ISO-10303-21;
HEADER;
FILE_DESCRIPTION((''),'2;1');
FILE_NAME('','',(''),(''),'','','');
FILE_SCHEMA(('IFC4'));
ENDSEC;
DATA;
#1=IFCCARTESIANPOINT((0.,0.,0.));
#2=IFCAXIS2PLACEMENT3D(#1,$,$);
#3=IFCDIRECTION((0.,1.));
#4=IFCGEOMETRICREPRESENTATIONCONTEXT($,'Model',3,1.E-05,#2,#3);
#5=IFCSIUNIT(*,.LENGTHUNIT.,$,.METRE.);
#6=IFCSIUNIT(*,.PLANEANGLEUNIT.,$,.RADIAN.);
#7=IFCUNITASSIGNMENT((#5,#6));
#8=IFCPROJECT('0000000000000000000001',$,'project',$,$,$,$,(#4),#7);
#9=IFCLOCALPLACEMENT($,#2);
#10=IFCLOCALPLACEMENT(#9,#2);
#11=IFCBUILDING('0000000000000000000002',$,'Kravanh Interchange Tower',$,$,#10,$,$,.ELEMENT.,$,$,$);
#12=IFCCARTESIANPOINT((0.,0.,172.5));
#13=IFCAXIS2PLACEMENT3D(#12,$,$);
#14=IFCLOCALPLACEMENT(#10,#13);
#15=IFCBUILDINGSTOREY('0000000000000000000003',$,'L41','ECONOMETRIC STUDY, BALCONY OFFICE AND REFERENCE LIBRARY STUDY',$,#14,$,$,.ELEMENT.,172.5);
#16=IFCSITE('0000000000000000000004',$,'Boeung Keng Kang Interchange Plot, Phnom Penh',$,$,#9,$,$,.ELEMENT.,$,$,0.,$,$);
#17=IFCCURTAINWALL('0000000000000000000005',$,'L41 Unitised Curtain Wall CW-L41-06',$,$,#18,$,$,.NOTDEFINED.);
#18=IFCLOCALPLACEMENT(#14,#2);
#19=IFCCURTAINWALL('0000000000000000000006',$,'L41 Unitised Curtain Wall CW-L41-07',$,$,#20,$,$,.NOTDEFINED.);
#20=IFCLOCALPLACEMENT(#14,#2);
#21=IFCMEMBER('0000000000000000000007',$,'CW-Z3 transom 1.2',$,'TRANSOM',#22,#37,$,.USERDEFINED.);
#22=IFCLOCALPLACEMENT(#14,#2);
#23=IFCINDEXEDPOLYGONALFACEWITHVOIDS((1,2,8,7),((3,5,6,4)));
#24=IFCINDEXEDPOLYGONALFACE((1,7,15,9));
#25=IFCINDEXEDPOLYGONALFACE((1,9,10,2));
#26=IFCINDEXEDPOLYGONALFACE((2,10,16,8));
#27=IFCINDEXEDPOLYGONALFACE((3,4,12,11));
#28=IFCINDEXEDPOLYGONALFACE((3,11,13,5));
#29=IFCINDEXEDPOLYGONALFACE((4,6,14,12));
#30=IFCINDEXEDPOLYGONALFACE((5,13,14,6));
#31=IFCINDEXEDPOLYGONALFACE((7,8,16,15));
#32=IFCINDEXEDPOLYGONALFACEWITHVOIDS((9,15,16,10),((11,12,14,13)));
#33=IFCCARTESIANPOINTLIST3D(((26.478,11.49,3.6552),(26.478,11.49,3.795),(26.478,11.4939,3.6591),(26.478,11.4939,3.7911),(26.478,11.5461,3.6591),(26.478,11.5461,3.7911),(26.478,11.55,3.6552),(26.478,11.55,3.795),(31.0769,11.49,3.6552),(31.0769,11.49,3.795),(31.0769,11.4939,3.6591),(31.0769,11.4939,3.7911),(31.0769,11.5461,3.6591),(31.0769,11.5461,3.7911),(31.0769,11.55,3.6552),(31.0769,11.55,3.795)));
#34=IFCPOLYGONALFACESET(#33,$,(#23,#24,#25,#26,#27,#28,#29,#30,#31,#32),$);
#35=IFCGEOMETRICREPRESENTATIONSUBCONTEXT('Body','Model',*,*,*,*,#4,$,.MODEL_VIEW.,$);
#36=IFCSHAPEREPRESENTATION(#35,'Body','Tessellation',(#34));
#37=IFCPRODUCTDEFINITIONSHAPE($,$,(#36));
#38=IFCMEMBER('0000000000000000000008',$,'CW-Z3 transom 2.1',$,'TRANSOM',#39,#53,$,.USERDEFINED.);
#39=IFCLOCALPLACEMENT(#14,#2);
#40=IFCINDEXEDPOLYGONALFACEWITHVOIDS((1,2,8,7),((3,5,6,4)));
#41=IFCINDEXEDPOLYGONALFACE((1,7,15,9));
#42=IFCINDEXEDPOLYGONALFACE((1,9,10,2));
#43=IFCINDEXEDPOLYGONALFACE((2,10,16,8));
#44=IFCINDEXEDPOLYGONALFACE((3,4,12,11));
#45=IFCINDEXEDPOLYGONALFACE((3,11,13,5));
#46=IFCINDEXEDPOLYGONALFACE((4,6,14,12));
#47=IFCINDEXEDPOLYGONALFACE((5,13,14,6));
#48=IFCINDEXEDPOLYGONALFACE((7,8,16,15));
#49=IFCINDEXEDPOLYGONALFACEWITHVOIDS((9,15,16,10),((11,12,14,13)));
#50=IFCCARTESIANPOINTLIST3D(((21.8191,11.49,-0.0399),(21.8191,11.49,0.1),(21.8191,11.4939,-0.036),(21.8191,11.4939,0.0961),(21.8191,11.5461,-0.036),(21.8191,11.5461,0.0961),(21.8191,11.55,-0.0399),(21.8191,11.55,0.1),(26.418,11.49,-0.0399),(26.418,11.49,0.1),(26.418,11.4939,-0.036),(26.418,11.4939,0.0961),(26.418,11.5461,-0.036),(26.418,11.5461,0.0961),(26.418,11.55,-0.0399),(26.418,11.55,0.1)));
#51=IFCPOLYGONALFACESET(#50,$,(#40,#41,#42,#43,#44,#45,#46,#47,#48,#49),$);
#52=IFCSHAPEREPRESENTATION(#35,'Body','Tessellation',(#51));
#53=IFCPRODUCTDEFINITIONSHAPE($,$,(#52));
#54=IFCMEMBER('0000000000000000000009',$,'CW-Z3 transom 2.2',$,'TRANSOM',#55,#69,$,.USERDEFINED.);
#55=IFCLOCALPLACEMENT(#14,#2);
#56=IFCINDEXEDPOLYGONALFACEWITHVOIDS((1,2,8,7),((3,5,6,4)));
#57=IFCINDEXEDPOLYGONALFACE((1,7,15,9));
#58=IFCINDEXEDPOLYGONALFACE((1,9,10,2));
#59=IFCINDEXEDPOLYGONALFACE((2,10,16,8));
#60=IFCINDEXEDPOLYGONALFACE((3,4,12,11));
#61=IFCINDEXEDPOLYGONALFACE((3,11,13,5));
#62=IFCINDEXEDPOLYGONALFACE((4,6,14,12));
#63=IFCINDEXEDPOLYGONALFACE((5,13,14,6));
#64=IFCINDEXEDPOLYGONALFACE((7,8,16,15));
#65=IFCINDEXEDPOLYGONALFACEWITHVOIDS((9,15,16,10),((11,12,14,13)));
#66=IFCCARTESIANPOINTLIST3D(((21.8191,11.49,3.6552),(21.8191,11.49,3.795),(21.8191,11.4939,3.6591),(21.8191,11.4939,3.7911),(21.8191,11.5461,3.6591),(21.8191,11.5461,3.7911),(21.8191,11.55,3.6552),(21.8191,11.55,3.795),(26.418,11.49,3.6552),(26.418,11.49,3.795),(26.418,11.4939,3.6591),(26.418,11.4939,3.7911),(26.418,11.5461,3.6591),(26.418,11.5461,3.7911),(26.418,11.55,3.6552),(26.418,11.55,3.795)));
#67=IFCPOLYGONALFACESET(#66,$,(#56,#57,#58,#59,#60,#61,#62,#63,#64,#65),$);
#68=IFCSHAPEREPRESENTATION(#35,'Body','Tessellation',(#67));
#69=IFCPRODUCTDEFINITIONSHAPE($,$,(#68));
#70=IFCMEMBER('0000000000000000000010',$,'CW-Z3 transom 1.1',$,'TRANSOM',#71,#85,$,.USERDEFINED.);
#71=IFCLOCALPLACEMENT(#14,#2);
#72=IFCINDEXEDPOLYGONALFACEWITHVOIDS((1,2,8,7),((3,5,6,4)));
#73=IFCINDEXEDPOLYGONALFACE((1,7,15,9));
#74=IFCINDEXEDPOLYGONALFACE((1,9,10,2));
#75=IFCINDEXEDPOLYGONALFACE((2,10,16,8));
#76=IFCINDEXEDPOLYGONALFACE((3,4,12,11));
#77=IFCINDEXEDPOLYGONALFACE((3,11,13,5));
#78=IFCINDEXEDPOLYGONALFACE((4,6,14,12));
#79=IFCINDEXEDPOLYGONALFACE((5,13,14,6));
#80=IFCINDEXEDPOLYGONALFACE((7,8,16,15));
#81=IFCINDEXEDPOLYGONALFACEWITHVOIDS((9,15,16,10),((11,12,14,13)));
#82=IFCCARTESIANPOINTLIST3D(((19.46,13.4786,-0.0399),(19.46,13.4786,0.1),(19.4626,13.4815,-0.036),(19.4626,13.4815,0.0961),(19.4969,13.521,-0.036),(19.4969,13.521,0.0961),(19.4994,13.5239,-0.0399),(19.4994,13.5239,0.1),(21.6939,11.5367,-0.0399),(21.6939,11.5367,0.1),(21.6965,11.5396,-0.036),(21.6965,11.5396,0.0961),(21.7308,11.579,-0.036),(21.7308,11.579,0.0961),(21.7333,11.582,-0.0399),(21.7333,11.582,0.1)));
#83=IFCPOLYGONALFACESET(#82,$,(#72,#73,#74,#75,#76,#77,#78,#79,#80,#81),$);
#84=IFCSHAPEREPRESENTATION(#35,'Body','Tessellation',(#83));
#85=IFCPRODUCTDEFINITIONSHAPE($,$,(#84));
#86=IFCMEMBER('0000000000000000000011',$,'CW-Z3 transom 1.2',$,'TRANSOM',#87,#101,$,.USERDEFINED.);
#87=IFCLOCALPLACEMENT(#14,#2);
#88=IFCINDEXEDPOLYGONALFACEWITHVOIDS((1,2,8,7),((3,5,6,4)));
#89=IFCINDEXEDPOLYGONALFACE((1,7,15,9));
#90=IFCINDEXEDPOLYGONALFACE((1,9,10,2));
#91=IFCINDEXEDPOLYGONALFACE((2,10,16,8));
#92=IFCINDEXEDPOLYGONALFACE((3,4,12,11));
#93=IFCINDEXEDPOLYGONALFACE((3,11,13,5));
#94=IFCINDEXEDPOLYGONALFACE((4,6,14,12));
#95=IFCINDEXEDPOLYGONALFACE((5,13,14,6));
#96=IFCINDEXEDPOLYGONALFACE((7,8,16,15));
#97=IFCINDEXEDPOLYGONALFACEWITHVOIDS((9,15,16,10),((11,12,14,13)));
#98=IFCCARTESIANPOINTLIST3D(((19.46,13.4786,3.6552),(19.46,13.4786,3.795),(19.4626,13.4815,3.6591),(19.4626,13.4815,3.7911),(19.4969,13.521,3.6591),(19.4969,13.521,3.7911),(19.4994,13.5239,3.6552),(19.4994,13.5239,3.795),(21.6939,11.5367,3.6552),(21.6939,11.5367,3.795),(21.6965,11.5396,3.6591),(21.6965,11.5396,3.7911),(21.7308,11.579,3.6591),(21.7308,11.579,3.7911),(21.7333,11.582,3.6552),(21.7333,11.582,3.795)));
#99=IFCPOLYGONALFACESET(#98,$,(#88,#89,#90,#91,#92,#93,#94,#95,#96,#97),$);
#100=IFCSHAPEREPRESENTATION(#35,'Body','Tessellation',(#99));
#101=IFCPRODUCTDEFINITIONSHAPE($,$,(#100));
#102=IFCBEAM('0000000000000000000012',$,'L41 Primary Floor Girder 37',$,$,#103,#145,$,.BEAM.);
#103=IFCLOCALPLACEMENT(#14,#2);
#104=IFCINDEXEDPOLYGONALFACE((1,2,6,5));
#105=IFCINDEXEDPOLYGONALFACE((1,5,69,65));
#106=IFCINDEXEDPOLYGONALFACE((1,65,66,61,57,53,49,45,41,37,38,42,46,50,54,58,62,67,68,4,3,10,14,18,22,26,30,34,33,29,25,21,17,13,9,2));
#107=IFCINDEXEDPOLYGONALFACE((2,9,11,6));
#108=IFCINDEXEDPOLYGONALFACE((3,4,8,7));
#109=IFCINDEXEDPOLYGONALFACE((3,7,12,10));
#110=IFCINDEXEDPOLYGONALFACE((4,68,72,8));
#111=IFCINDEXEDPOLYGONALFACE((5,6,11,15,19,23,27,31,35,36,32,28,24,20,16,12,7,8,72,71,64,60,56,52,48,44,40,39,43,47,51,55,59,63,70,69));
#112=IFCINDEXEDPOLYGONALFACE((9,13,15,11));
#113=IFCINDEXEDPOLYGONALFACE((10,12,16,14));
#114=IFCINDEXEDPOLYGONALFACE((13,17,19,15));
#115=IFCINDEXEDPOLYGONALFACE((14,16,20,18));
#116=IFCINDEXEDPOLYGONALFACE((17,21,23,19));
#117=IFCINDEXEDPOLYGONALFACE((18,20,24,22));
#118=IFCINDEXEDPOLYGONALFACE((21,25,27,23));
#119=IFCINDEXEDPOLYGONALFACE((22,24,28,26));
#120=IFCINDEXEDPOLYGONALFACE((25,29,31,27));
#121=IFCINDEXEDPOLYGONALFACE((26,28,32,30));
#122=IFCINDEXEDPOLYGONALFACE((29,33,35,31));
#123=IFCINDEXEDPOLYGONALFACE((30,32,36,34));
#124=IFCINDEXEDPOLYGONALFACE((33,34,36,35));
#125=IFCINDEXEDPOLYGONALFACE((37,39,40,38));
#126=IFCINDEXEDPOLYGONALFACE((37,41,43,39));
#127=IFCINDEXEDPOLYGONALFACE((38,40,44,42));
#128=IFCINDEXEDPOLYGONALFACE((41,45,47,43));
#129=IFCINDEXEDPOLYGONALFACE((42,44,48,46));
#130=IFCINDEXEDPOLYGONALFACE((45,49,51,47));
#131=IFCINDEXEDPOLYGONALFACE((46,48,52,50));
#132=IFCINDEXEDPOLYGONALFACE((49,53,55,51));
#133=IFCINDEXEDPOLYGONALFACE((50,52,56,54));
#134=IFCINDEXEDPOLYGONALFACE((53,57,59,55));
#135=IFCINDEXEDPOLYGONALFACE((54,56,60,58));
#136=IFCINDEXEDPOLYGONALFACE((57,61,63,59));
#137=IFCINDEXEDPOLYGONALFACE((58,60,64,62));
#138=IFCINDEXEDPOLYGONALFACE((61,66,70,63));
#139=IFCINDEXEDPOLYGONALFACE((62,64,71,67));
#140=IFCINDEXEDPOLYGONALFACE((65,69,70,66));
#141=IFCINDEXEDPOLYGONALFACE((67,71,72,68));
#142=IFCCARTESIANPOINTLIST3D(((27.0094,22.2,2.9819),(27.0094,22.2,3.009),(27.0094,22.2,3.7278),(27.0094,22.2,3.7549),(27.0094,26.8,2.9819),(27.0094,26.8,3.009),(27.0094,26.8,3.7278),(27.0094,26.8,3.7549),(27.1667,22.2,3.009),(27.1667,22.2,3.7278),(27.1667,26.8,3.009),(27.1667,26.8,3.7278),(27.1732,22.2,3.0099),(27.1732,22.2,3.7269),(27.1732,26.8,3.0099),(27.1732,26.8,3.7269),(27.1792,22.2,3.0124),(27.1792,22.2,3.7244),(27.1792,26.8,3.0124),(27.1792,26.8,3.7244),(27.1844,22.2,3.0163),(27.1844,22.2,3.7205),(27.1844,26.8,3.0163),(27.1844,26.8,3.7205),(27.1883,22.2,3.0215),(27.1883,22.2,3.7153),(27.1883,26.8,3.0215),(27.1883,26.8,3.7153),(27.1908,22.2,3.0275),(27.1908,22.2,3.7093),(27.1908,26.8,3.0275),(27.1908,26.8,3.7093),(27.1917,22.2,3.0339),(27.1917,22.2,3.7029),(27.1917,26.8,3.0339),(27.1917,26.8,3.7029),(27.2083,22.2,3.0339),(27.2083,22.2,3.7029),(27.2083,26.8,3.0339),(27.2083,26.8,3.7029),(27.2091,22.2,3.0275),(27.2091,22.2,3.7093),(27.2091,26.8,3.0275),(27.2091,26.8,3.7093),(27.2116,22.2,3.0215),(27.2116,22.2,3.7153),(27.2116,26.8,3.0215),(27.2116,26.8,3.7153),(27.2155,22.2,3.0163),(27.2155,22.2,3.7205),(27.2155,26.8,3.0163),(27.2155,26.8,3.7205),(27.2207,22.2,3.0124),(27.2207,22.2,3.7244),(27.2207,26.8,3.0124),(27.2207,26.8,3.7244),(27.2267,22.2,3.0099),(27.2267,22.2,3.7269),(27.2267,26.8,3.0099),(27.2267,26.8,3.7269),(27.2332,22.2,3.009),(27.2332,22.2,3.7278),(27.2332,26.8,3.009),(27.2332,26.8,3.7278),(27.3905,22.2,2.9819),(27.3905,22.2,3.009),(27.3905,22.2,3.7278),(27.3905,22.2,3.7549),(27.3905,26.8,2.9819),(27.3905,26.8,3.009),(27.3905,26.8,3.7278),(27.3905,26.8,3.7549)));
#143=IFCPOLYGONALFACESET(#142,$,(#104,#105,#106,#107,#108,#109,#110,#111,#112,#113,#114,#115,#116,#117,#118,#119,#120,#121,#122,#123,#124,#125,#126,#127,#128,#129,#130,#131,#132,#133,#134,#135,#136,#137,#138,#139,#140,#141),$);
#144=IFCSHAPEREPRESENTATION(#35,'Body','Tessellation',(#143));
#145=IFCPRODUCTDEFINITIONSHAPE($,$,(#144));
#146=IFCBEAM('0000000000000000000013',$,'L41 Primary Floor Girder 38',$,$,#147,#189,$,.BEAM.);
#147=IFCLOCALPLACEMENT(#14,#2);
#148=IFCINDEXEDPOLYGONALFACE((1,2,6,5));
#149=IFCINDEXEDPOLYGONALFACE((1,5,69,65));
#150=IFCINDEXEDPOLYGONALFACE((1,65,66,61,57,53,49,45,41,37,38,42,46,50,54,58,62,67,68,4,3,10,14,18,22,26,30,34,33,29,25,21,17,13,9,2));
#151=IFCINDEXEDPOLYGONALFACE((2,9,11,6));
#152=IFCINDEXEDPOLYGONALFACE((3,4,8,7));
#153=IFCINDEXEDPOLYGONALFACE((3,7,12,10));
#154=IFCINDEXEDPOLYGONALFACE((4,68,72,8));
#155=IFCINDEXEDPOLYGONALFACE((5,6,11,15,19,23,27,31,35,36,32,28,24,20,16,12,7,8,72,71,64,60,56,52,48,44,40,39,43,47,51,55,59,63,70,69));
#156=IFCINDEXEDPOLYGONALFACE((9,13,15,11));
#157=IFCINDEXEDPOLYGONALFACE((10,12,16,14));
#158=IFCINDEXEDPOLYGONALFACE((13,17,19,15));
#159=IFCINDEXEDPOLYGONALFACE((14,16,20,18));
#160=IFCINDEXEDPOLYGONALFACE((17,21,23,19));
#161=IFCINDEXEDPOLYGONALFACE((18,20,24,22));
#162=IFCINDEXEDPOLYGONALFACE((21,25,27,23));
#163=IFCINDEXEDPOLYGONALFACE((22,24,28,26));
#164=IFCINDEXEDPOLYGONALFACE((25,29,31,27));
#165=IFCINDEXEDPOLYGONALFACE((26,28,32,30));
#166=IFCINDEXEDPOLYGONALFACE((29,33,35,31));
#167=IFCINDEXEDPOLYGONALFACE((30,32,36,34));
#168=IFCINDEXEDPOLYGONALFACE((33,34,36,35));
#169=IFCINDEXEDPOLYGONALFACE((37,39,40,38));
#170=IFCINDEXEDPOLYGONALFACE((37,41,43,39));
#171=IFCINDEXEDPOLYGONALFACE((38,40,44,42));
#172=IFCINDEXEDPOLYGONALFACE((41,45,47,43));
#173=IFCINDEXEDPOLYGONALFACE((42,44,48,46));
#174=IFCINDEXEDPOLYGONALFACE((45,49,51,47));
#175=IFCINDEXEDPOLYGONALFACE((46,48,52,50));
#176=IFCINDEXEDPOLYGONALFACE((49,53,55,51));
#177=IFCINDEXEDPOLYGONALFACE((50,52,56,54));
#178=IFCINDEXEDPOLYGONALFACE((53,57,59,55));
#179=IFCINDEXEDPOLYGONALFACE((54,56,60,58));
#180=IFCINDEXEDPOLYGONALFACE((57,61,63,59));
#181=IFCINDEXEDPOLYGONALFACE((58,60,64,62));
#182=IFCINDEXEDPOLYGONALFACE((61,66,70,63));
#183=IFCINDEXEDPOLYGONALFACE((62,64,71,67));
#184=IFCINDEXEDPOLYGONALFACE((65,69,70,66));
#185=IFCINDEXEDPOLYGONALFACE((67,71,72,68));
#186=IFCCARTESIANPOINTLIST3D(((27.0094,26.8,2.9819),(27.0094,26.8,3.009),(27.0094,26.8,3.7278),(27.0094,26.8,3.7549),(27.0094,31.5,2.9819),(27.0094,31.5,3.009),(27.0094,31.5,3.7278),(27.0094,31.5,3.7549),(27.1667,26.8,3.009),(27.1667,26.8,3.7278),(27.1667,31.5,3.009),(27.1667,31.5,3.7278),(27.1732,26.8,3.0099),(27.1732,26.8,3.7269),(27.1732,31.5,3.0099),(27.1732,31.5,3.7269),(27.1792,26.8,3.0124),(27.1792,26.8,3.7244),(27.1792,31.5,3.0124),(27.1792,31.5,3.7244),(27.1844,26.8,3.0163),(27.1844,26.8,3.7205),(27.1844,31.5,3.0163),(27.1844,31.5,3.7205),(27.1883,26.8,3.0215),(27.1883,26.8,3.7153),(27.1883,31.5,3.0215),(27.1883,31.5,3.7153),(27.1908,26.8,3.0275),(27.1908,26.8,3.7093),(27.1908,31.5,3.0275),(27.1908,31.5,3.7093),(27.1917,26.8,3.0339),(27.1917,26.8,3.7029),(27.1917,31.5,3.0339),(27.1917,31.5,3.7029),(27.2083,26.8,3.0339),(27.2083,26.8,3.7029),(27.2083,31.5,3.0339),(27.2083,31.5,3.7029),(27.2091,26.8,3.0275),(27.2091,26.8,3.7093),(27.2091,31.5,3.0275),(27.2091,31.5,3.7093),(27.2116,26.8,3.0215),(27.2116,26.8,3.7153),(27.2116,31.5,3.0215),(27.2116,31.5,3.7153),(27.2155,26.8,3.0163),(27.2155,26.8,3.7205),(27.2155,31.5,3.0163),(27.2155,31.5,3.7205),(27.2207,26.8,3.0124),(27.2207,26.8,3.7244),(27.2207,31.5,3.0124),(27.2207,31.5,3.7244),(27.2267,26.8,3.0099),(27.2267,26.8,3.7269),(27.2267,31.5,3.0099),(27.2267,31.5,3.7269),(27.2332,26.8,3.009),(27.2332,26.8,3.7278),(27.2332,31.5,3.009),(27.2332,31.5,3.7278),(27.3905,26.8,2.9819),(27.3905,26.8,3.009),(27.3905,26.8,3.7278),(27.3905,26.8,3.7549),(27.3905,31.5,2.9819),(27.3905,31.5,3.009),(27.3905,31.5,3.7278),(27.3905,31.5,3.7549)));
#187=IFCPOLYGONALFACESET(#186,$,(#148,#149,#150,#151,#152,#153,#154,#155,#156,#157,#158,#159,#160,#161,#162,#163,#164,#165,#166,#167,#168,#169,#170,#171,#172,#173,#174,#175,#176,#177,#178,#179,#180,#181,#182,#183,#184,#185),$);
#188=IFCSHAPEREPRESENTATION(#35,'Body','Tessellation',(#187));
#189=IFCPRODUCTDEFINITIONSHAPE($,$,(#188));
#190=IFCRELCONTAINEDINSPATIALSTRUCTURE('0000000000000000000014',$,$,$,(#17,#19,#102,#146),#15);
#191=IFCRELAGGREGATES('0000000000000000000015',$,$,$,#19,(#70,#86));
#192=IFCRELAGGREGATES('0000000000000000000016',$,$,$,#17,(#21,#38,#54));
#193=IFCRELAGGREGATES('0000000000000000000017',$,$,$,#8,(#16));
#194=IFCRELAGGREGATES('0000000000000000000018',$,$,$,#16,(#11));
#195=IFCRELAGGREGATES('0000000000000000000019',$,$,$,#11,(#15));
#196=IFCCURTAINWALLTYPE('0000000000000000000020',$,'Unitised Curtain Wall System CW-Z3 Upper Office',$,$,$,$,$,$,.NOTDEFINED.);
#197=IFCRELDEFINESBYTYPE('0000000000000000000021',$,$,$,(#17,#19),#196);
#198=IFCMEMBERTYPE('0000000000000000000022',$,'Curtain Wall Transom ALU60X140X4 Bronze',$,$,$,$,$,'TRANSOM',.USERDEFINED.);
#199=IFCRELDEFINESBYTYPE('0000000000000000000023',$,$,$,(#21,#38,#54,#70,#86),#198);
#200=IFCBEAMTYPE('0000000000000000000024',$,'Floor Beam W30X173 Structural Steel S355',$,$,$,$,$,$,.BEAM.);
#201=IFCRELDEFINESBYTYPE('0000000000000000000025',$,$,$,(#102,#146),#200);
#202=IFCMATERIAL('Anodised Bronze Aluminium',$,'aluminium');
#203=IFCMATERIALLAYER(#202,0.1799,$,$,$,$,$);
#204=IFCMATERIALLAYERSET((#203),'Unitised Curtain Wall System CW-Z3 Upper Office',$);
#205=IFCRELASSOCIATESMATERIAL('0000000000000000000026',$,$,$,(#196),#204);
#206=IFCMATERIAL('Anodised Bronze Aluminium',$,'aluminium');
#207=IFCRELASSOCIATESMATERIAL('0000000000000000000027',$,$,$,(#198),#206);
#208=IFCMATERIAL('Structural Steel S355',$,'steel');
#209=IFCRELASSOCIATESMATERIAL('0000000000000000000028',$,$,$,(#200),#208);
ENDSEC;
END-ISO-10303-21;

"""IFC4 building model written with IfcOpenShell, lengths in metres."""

from ifc_helpers import new_model, si_unit, direction, frame, origin, origin_2d, place, context, subcontext, project, spatial, hollow_rectangle, i_section, extrude, material, layer, layer_set, material_profile, profile_set, type_object, element, aggregate, save


model = new_model("IFC4")

# Units and contexts
model_context = context("Model", 3, precision=1e-05, world=origin(), true_north=direction((0.0, 1.0)))
body_context = subcontext(model_context, "Body", "Model", "MODEL_VIEW")
ifc_project = project(units=[si_unit("LENGTHUNIT", "METRE"), si_unit("PLANEANGLEUNIT", "RADIAN")], contexts=[model_context])

# Site, building, storey
site_placement = place(None, origin())
site = spatial("IfcSite", under=ifc_project, at=site_placement, Name="Boeung Keng Kang Interchange Plot, Phnom Penh", CompositionType="ELEMENT", RefElevation=0.0)
building_placement = place(site_placement, origin())
building = spatial("IfcBuilding", under=site, at=building_placement, Name="Kravanh Interchange Tower", CompositionType="ELEMENT")
storey_placement = place(building_placement, frame((0.0, 0.0, 172.5)))
storey = spatial("IfcBuildingStorey", under=building, at=storey_placement, Name="L41", Description="ECONOMETRIC STUDY, BALCONY OFFICE AND REFERENCE LIBRARY STUDY", CompositionType="ELEMENT", Elevation=172.5)

# Curtain wall
ifc_material_1 = material(Name="Anodised Bronze Aluminium", Category="aluminium")
ifc_layer_1 = layer(ifc_material_1, 0.1799)
ifc_layer_set_1 = layer_set([ifc_layer_1], Name="Unitised Curtain Wall System CW-Z3 Upper Office")
curtain_wall_type = type_object("IfcCurtainWallType", Name="Unitised Curtain Wall System CW-Z3 Upper Office", PredefinedType="NOTDEFINED", material=ifc_layer_set_1)
curtain_wall_1_placement = place(storey_placement, origin())
curtain_wall_1 = element("IfcCurtainWall", 1, at=curtain_wall_1_placement, inside=storey, type_object=curtain_wall_type, Name="L41 Unitised Curtain Wall CW-L41-06", PredefinedType="NOTDEFINED")

# Curtain wall
curtain_wall_2_placement = place(storey_placement, origin())
curtain_wall_2 = element("IfcCurtainWall", 2, at=curtain_wall_2_placement, inside=storey, type_object=curtain_wall_type, Name="L41 Unitised Curtain Wall CW-L41-07", PredefinedType="NOTDEFINED")

# Members
ifc_material_2 = material(Name="Anodised Bronze Aluminium", Category="aluminium")
ifc_material_profile_1 = material_profile(ifc_material_2, hollow_rectangle(XDim=0.0601, YDim=0.1399, WallThickness=0.0039, at=origin_2d()), Name="ALU60X140X4")
ifc_profile_set_1 = profile_set([ifc_material_profile_1], Name="Anodised Bronze Aluminium")
member_type_1 = type_object("IfcMemberType", Name="Curtain Wall Transom ALU60X140X4 Bronze", ElementType="TRANSOM", PredefinedType="USERDEFINED", material=ifc_profile_set_1)
member_1_placement = place(storey_placement, frame((31.0769, 11.52, 3.7251), z_axis=(-1.0, 0.0, 0.0), x_axis=(0.0, -1.0, 0.0)))
member_1 = element("IfcMember", 3, at=member_1_placement, type_object=member_type_1, Name="CW-Z3 transom 1.2", ObjectType="TRANSOM", PredefinedType="USERDEFINED", context=body_context, shape_type="SweptSolid", body=[
    extrude(hollow_rectangle(XDim=0.0601, YDim=0.1399, WallThickness=0.0039, at=origin_2d()), origin(), (0.0, 0.0, 1.0), 4.5989),
])
member_2_placement = place(storey_placement, frame((26.418, 11.52, 0.03), z_axis=(-1.0, 0.0, 0.0), x_axis=(0.0, -1.0, 0.0)))
member_2 = element("IfcMember", 4, at=member_2_placement, type_object=member_type_1, Name="CW-Z3 transom 2.1", ObjectType="TRANSOM", PredefinedType="USERDEFINED", context=body_context, shape_type="SweptSolid", body=[
    extrude(hollow_rectangle(XDim=0.0601, YDim=0.1399, WallThickness=0.0039, at=origin_2d()), origin(), (0.0, 0.0, 1.0), 4.5989),
])
member_3_placement = place(storey_placement, frame((26.418, 11.52, 3.7251), z_axis=(-1.0, 0.0, 0.0), x_axis=(0.0, -1.0, 0.0)))
member_3 = element("IfcMember", 5, at=member_3_placement, type_object=member_type_1, Name="CW-Z3 transom 2.2", ObjectType="TRANSOM", PredefinedType="USERDEFINED", context=body_context, shape_type="SweptSolid", body=[
    extrude(hollow_rectangle(XDim=0.0601, YDim=0.1399, WallThickness=0.0039, at=origin_2d()), origin(), (0.0, 0.0, 1.0), 4.5989),
])
member_4_placement = place(storey_placement, frame((21.7136, 11.5593, 0.03), z_axis=(-0.754709, 0.65606, 0.0), x_axis=(-0.65606, -0.754709, 0.0)))
member_4 = element("IfcMember", 6, at=member_4_placement, type_object=member_type_1, Name="CW-Z3 transom 1.1", ObjectType="TRANSOM", PredefinedType="USERDEFINED", context=body_context, shape_type="SweptSolid", body=[
    extrude(hollow_rectangle(XDim=0.0601, YDim=0.1399, WallThickness=0.0039, at=origin_2d()), origin(), (0.0, 0.0, 1.0), 2.96),
])
member_5_placement = place(storey_placement, frame((21.7136, 11.5593, 3.7251), z_axis=(-0.754709, 0.65606, 0.0), x_axis=(-0.65606, -0.754709, 0.0)))
member_5 = element("IfcMember", 7, at=member_5_placement, type_object=member_type_1, Name="CW-Z3 transom 1.2", ObjectType="TRANSOM", PredefinedType="USERDEFINED", context=body_context, shape_type="SweptSolid", body=[
    extrude(hollow_rectangle(XDim=0.0601, YDim=0.1399, WallThickness=0.0039, at=origin_2d()), origin(), (0.0, 0.0, 1.0), 2.96),
])
aggregate(curtain_wall_2, [member_4, member_5])

# Beams
ifc_material_3 = material(Name="Structural Steel S355", Category="steel")
ifc_material_profile_2 = material_profile(ifc_material_3, i_section(OverallWidth=0.3811, OverallDepth=0.7729, WebThickness=0.0166, FlangeThickness=0.0271, FilletRadius=0.0249, at=origin_2d()), Name="W30X173")
ifc_profile_set_2 = profile_set([ifc_material_profile_2], Name="Structural Steel S355")
beam_type_1 = type_object("IfcBeamType", Name="Floor Beam W30X173 Structural Steel S355", PredefinedType="BEAM", material=ifc_profile_set_2)
beam_1_placement = place(storey_placement, frame((27.2, 26.8, 3.3684), z_axis=(0.0, -1.0, 0.0), x_axis=(1.0, 0.0, 0.0)))
element("IfcBeam", 8, at=beam_1_placement, inside=storey, type_object=beam_type_1, Name="L41 Primary Floor Girder 37", PredefinedType="BEAM", context=body_context, shape_type="SweptSolid", body=[
    extrude(i_section(OverallWidth=0.3811, OverallDepth=0.7729, WebThickness=0.0166, FlangeThickness=0.0271, FilletRadius=0.0249, at=origin_2d()), origin(), (0.0, 0.0, 1.0), 4.6001),
])
beam_2_placement = place(storey_placement, frame((27.2, 26.8, 3.3684), z_axis=(0.0, 1.0, 0.0), x_axis=(-1.0, 0.0, 0.0)))
element("IfcBeam", 9, at=beam_2_placement, inside=storey, type_object=beam_type_1, Name="L41 Primary Floor Girder 38", PredefinedType="BEAM", context=body_context, shape_type="SweptSolid", body=[
    extrude(i_section(OverallWidth=0.3811, OverallDepth=0.7729, WebThickness=0.0166, FlangeThickness=0.0271, FilletRadius=0.0249, at=origin_2d()), origin(), (0.0, 0.0, 1.0), 4.7),
])

aggregate(curtain_wall_1, [member_1, member_2, member_3])

save(model, "model.ifc")
